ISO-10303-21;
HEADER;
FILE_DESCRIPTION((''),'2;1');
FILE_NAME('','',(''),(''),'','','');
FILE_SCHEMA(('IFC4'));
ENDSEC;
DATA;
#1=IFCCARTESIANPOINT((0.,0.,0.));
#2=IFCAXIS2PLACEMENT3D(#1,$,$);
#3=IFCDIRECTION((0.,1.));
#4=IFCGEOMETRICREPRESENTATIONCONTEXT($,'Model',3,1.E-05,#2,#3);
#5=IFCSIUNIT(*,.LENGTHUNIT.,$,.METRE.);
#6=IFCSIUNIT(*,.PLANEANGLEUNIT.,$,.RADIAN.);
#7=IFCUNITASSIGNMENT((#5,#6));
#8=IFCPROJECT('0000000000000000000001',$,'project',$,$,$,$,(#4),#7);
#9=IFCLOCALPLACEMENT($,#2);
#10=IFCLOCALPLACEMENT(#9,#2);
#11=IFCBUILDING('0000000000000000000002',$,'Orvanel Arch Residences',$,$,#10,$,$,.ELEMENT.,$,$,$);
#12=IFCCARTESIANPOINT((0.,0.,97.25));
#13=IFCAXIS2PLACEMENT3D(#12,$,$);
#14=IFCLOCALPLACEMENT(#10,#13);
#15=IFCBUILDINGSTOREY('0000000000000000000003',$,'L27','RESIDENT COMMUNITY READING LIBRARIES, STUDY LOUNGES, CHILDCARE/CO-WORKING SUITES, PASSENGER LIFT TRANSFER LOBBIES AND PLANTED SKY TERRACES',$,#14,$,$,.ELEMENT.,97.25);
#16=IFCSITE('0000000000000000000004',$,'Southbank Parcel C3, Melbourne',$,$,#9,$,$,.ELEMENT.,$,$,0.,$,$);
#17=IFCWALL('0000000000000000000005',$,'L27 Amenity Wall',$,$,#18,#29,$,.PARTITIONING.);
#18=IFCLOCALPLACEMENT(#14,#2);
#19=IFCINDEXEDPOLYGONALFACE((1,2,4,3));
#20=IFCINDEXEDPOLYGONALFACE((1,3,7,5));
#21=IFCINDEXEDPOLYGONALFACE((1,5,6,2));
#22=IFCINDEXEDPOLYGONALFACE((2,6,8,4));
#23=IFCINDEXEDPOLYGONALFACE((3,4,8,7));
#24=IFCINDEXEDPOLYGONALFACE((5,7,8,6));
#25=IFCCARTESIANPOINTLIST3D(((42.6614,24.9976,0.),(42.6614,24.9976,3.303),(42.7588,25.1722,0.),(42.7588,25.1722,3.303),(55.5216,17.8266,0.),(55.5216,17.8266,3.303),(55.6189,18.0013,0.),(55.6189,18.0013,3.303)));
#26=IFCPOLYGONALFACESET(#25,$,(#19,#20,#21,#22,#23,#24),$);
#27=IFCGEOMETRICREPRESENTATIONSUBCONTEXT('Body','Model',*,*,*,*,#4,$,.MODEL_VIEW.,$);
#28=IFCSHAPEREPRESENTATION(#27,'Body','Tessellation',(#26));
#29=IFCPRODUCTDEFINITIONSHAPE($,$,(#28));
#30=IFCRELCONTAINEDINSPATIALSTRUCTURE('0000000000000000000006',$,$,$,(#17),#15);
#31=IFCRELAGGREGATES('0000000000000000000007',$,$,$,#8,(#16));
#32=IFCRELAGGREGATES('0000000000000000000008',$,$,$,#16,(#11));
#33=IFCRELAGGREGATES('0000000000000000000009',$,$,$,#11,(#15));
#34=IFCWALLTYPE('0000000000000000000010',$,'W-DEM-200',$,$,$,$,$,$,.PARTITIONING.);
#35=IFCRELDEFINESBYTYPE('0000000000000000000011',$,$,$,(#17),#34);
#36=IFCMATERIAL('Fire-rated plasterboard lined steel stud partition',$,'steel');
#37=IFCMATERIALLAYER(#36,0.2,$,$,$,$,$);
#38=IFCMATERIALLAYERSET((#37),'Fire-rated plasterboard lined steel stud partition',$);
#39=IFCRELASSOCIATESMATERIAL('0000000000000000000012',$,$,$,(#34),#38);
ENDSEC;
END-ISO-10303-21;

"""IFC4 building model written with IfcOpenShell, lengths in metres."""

from ifc_helpers import new_model, si_unit, direction, frame, frame_2d, origin, place, context, subcontext, project, spatial, rectangle, extrude, material, layer, layer_set, type_object, element, save


model = new_model("IFC4")

# Units and contexts
model_context = context("Model", 3, precision=1e-05, world=origin(), true_north=direction((0.0, 1.0)))
body_context = subcontext(model_context, "Body", "Model", "MODEL_VIEW")
ifc_project = project(units=[si_unit("LENGTHUNIT", "METRE"), si_unit("PLANEANGLEUNIT", "RADIAN")], contexts=[model_context])

# Site, building, storey
site_placement = place(None, origin())
site = spatial("IfcSite", under=ifc_project, at=site_placement, Name="Southbank Parcel C3, Melbourne", CompositionType="ELEMENT", RefElevation=0.0)
building_placement = place(site_placement, origin())
building = spatial("IfcBuilding", under=site, at=building_placement, Name="Orvanel Arch Residences", CompositionType="ELEMENT")
storey_placement = place(building_placement, frame((0.0, 0.0, 97.25)))
storey = spatial("IfcBuildingStorey", under=building, at=storey_placement, Name="L27", Description="RESIDENT COMMUNITY READING LIBRARIES, STUDY LOUNGES, CHILDCARE/CO-WORKING SUITES, PASSENGER LIFT TRANSFER LOBBIES AND PLANTED SKY TERRACES", CompositionType="ELEMENT", Elevation=97.25)

# Shared definitions
ifc_material_1 = material(Name="Fire-rated plasterboard lined steel stud partition", Category="steel")

# Wall
ifc_layer_1 = layer(ifc_material_1, 0.2)
ifc_layer_set_1 = layer_set([ifc_layer_1], Name="Fire-rated plasterboard lined steel stud partition")
wall_type_1 = type_object("IfcWallType", Name="W-DEM-200", PredefinedType="PARTITIONING", material=ifc_layer_set_1)
wall_1_placement = place(storey_placement, frame((42.71, 25.085, 0.0), z_axis=(0.0, 0.0, 1.0), x_axis=(0.873395, -0.487012, 0.0)))
element("IfcWall", 1, at=wall_1_placement, inside=storey, type_object=wall_type_1, Name="L27 Amenity Wall", PredefinedType="PARTITIONING", context=body_context, shape_type="SweptSolid", body=[
    extrude(rectangle(XDim=14.7244, YDim=0.2, at=frame_2d((7.3623, 0.0))), origin(), (0.0, 0.0, 1.0), 3.303),
])

save(model, "model.ifc")
